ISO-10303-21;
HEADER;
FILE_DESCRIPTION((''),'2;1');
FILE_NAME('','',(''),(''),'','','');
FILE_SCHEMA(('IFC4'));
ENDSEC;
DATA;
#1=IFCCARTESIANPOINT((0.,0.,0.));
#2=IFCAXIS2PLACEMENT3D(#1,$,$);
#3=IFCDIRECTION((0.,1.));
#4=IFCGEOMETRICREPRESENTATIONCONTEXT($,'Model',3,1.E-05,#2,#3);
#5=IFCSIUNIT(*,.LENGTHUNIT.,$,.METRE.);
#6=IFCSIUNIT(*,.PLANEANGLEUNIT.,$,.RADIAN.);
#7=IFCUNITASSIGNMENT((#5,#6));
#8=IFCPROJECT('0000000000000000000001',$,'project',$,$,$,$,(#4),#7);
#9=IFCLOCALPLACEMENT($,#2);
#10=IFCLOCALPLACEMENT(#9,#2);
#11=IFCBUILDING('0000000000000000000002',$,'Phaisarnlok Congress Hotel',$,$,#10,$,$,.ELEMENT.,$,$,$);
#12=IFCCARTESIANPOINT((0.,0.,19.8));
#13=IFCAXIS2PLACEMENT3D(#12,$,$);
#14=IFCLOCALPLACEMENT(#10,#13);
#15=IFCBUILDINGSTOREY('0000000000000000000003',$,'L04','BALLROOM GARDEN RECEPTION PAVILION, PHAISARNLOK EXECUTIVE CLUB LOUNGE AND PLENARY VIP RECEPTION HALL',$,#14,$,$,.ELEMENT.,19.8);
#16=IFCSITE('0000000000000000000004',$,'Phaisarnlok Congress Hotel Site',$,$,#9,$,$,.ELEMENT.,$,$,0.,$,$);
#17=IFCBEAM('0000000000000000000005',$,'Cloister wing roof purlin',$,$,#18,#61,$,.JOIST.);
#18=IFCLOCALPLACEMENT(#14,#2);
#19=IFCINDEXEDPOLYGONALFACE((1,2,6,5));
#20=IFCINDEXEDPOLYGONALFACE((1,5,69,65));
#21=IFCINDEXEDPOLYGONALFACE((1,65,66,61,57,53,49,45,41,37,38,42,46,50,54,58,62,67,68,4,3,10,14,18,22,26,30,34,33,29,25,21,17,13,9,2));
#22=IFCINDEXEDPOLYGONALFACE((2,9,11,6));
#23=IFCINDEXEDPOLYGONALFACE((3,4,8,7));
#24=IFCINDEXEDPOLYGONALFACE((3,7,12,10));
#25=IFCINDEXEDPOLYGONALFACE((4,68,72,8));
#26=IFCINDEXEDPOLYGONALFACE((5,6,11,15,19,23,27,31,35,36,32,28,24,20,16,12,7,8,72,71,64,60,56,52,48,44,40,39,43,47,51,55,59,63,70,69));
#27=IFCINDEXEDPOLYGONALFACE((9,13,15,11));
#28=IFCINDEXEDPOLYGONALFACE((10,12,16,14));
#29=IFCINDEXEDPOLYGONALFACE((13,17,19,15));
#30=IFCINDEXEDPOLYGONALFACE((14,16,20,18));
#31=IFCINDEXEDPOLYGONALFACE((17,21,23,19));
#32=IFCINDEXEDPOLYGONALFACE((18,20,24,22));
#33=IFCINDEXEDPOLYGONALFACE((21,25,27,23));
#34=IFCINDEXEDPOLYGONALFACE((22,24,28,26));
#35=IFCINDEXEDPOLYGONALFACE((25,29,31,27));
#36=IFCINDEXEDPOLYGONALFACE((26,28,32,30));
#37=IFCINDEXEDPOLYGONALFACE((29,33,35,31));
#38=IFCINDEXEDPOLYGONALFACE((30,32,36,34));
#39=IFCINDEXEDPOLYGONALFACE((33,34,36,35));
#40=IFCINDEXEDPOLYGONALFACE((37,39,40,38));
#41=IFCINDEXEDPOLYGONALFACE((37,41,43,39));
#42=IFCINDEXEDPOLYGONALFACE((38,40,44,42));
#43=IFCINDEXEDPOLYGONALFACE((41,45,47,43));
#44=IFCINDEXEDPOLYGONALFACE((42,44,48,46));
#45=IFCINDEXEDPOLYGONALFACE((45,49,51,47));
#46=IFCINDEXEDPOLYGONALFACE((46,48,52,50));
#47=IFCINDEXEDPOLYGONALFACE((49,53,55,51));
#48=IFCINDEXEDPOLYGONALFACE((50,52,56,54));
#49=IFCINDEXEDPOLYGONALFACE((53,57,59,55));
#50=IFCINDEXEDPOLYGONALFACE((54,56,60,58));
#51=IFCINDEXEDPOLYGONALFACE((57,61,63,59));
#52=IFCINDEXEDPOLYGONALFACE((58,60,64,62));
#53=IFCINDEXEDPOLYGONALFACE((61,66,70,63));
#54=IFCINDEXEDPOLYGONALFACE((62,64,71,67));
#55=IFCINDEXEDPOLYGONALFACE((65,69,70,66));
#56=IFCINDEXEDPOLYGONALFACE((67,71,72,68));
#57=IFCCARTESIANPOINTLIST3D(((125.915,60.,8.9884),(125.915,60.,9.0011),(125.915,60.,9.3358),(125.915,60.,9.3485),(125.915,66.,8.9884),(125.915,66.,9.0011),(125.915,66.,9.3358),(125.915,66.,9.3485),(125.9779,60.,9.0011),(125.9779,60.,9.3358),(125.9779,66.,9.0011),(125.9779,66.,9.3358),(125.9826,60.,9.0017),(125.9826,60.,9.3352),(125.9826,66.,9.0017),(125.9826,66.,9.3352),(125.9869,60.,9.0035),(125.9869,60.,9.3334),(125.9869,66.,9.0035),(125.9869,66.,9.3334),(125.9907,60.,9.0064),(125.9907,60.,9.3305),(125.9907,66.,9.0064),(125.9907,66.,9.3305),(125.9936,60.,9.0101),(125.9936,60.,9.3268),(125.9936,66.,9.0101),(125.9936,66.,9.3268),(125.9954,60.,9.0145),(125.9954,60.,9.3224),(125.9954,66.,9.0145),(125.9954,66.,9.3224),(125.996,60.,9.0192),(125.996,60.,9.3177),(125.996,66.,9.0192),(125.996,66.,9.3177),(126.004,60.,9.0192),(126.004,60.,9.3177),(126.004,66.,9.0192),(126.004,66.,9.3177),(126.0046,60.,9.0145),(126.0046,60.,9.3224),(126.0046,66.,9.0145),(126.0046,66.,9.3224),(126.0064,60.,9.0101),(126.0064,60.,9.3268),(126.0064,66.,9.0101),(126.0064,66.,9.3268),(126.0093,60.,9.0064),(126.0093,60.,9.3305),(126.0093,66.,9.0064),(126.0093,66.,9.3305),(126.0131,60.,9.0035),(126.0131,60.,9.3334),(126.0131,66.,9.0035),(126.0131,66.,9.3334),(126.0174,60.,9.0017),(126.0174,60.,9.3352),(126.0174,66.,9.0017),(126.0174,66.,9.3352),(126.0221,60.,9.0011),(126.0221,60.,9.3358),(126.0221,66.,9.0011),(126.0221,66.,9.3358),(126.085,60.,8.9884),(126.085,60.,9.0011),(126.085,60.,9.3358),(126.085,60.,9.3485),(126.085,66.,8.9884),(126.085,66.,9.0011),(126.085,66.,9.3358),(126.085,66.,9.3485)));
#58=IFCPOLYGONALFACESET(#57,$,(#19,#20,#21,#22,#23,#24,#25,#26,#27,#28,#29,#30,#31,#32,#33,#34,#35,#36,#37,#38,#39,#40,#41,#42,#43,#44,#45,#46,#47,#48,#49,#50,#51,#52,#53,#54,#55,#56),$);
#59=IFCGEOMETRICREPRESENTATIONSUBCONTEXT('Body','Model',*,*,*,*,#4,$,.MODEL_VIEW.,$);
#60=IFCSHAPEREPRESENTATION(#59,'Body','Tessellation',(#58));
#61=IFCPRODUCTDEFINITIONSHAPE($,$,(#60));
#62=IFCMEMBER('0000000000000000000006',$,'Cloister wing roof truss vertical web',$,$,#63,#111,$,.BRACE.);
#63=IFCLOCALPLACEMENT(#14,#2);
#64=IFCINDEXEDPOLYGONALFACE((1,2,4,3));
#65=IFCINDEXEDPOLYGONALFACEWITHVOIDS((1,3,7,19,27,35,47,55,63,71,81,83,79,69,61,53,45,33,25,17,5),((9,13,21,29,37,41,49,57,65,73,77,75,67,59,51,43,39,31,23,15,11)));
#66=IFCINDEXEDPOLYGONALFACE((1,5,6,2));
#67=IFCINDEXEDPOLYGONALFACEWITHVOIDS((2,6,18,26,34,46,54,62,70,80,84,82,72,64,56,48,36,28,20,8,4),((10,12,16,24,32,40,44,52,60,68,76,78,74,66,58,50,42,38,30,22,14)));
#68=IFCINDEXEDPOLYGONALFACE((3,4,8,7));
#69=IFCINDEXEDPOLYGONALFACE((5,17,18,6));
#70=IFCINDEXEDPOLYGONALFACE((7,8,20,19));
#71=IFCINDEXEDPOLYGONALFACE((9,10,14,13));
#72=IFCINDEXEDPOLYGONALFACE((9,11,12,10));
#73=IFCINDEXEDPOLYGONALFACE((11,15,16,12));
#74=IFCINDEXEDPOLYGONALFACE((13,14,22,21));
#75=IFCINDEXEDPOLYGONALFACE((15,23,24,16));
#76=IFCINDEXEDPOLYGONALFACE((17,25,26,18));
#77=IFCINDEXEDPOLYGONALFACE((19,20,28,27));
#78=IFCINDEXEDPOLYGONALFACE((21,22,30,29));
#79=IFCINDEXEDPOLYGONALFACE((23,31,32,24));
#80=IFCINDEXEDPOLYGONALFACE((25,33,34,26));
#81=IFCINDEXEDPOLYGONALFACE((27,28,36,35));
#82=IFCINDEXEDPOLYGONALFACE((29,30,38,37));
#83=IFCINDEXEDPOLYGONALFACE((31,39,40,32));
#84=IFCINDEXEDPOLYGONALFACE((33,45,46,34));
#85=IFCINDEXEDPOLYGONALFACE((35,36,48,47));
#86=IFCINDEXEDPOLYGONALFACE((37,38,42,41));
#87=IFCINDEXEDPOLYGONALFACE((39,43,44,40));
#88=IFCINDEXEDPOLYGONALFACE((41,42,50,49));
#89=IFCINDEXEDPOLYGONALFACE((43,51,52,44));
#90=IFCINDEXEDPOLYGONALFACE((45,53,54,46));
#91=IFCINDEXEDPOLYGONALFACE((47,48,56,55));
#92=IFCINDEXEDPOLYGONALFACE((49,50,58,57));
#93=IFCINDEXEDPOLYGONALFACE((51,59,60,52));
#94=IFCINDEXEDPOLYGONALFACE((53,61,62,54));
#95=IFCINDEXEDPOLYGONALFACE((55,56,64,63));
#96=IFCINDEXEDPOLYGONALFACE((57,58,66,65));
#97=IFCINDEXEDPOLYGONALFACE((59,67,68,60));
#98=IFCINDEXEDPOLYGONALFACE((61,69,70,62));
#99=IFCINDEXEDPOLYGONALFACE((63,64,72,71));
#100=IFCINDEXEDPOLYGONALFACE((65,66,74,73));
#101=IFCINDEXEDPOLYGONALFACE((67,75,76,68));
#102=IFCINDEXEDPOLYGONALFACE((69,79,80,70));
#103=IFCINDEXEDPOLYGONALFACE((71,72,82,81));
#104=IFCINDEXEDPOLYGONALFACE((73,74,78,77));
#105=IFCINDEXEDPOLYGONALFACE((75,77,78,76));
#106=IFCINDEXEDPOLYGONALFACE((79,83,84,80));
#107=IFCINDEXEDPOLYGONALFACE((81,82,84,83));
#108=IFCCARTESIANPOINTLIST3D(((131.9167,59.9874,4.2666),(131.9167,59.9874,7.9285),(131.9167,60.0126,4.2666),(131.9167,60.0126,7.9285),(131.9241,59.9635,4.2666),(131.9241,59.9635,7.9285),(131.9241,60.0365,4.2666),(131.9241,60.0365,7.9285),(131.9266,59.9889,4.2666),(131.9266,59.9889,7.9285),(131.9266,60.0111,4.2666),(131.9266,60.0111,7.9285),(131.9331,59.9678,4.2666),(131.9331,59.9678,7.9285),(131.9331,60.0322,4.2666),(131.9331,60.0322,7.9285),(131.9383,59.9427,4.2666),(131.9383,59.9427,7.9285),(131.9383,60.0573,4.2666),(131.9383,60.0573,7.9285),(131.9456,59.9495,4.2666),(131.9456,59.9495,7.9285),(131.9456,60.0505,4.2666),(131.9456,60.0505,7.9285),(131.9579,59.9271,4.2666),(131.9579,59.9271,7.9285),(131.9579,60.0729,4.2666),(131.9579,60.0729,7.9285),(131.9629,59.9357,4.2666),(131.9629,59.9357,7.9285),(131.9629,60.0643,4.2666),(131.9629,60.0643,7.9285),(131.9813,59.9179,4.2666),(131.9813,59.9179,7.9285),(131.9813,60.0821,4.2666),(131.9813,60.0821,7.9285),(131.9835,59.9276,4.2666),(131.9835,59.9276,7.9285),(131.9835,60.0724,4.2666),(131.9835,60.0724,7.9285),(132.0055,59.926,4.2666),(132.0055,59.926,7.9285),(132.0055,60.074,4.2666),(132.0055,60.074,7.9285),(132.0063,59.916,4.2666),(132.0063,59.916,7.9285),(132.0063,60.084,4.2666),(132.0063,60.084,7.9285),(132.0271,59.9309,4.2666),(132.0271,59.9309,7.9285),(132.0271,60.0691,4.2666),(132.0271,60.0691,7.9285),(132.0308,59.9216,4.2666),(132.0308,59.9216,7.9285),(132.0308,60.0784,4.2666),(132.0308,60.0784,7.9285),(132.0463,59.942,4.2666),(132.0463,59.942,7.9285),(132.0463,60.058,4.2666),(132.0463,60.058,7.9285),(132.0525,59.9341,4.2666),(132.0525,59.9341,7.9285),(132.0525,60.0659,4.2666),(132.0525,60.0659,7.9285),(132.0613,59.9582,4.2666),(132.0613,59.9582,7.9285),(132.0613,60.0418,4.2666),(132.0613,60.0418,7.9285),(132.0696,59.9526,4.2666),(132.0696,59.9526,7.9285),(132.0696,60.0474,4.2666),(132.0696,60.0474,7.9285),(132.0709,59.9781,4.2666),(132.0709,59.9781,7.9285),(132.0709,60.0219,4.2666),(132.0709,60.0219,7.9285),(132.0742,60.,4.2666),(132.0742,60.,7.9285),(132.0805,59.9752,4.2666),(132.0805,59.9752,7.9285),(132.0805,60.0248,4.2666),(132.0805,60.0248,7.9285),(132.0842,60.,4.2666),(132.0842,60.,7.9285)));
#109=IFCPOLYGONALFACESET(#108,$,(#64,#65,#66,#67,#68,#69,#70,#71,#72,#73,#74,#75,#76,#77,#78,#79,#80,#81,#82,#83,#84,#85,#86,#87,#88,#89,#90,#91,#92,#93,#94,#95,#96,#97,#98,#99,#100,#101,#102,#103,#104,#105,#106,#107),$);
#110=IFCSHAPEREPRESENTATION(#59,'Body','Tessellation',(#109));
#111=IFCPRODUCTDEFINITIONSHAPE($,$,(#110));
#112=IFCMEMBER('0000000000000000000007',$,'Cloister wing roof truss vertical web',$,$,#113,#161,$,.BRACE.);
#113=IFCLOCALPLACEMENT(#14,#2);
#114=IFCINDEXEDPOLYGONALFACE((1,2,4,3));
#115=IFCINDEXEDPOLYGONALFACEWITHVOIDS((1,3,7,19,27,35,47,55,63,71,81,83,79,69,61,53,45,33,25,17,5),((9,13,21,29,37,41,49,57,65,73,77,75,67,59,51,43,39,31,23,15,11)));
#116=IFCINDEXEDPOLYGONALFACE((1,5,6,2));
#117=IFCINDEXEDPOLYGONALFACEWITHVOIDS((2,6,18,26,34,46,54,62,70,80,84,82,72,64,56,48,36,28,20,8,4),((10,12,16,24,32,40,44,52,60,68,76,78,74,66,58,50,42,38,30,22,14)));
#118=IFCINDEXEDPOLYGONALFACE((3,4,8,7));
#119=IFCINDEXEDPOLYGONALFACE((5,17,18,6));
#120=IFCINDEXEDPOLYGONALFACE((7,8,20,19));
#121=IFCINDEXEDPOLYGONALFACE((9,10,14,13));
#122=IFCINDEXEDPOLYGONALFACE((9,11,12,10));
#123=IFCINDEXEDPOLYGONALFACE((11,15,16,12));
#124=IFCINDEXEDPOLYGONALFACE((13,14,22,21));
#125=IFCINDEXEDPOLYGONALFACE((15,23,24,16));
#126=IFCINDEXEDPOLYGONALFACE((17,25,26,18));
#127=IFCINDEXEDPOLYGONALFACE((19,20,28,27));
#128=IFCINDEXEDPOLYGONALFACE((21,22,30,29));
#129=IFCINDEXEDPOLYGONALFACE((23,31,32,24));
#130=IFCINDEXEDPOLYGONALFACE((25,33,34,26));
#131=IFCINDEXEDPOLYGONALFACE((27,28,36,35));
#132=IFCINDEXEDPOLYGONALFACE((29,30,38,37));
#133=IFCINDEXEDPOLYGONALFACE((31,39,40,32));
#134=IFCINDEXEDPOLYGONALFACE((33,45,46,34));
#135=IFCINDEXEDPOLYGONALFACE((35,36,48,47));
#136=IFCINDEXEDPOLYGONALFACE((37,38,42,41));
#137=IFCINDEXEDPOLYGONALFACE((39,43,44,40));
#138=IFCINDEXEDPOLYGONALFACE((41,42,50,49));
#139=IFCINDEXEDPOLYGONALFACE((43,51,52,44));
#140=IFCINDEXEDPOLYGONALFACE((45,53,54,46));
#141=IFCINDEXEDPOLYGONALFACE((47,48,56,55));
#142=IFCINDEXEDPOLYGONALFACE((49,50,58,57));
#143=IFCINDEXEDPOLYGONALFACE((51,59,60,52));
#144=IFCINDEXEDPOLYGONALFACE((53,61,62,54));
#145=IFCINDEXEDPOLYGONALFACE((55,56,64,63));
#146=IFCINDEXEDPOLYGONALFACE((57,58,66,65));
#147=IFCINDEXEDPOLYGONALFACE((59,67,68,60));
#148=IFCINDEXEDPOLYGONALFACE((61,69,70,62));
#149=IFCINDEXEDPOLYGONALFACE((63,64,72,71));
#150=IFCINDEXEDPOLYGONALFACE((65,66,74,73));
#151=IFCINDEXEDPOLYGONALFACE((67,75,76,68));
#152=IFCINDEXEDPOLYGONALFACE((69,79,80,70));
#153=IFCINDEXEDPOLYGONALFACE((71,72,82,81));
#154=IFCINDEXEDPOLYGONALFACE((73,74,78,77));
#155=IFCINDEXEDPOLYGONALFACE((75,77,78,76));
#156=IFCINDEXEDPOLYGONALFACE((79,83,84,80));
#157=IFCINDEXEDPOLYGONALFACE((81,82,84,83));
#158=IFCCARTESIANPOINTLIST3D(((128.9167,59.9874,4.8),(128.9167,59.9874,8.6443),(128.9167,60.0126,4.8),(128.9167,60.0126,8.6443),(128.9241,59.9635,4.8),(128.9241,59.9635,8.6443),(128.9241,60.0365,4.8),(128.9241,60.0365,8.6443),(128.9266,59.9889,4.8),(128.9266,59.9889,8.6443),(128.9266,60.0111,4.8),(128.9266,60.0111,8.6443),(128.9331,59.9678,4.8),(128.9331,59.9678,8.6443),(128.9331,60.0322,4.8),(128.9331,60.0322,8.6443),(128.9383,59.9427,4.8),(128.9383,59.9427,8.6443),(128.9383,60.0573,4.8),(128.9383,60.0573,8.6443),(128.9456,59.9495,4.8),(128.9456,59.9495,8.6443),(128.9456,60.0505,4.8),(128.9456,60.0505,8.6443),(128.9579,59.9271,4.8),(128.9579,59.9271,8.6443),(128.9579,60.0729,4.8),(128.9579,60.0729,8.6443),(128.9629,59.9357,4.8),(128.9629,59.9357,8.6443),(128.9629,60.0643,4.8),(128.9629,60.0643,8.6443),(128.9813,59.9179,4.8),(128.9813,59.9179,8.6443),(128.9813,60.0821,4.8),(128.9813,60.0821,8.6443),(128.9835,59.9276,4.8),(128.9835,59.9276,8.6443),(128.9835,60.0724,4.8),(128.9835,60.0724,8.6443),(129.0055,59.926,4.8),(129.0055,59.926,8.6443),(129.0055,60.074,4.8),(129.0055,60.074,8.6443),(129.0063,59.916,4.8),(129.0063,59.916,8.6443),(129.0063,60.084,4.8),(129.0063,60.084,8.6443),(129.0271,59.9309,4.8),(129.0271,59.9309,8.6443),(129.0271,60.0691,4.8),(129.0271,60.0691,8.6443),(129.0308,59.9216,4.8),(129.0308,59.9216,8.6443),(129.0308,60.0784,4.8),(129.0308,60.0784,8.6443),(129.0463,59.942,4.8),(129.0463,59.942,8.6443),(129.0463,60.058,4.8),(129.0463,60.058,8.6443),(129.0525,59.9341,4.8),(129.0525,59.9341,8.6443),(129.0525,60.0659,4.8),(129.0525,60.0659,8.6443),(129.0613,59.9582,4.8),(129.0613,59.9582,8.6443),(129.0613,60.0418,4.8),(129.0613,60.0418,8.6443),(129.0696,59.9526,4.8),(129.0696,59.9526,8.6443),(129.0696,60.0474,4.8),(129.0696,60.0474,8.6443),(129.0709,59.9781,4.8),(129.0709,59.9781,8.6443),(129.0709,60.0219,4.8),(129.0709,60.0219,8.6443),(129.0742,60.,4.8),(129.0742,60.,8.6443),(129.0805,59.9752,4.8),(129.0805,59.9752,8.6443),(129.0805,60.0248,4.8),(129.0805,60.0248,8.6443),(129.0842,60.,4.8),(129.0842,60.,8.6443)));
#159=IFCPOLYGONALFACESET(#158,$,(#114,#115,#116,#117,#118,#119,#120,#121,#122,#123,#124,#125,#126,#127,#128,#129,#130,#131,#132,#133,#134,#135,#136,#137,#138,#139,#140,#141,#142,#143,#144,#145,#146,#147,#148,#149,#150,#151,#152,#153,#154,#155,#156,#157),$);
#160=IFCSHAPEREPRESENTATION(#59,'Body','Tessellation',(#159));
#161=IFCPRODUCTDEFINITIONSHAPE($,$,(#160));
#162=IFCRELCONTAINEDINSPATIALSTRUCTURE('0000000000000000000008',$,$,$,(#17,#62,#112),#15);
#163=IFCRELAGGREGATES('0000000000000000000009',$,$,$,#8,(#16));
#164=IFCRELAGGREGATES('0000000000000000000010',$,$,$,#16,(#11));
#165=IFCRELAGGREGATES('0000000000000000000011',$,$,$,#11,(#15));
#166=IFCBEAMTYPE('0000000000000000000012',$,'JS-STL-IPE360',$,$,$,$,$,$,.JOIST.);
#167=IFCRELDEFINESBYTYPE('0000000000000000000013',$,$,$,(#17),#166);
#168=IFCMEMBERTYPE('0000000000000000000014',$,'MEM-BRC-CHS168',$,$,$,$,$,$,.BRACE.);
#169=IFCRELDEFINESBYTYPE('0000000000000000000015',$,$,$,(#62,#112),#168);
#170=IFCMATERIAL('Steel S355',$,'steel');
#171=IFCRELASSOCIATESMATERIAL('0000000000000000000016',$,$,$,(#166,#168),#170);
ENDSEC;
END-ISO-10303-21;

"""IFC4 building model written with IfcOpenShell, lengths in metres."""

from ifc_helpers import new_model, si_unit, direction, frame, origin, origin_2d, place, context, subcontext, project, spatial, hollow_circle, i_section, extrude, material, material_profile, profile_set, type_object, element, save


model = new_model("IFC4")

# Units and contexts
model_context = context("Model", 3, precision=1e-05, world=origin(), true_north=direction((0.0, 1.0)))
body_context = subcontext(model_context, "Body", "Model", "MODEL_VIEW")
ifc_project = project(units=[si_unit("LENGTHUNIT", "METRE"), si_unit("PLANEANGLEUNIT", "RADIAN")], contexts=[model_context])

# Site, building, storey
site_placement = place(None, origin())
site = spatial("IfcSite", under=ifc_project, at=site_placement, Name="Phaisarnlok Congress Hotel Site", CompositionType="ELEMENT", RefElevation=0.0)
building_placement = place(site_placement, origin())
building = spatial("IfcBuilding", under=site, at=building_placement, Name="Phaisarnlok Congress Hotel", CompositionType="ELEMENT")
storey_placement = place(building_placement, frame((0.0, 0.0, 19.8)))
storey = spatial("IfcBuildingStorey", under=building, at=storey_placement, Name="L04", Description="BALLROOM GARDEN RECEPTION PAVILION, PHAISARNLOK EXECUTIVE CLUB LOUNGE AND PLENARY VIP RECEPTION HALL", CompositionType="ELEMENT", Elevation=19.8)

# Beam
ifc_material_1 = material(Name="Steel S355", Category="steel")
ifc_material_profile_1 = material_profile(ifc_material_1, i_section(OverallWidth=0.1699, OverallDepth=0.3601, WebThickness=0.0081, FlangeThickness=0.0127, FilletRadius=0.0181, at=origin_2d()), Name="IPE 360")
ifc_profile_set_1 = profile_set([ifc_material_profile_1], Name="Steel S355")
beam_type = type_object("IfcBeamType", Name="JS-STL-IPE360", PredefinedType="JOIST", material=ifc_profile_set_1)
beam_placement = place(storey_placement, frame((126.0, 60.0, 9.1685), z_axis=(0.0, 1.0, 0.0), x_axis=(-1.0, 0.0, 0.0)))
element("IfcBeam", 1, at=beam_placement, inside=storey, type_object=beam_type, Name="Cloister wing roof purlin", PredefinedType="JOIST", context=body_context, shape_type="SweptSolid", body=[
    extrude(i_section(OverallWidth=0.1699, OverallDepth=0.3601, WebThickness=0.0081, FlangeThickness=0.0127, FilletRadius=0.0181, at=origin_2d()), origin(), (0.0, 0.0, 1.0), 6.0),
])

# Members
ifc_material_profile_2 = material_profile(ifc_material_1, hollow_circle(Radius=0.0842, WallThickness=0.01, at=origin_2d()), Name="CHS 168.3x10")
ifc_profile_set_2 = profile_set([ifc_material_profile_2], Name="Steel S355")
member_type_1 = type_object("IfcMemberType", Name="MEM-BRC-CHS168", PredefinedType="BRACE", material=ifc_profile_set_2)
member_1_placement = place(storey_placement, frame((132.0, 60.0, 4.2666), z_axis=(0.0, 0.0, 1.0), x_axis=(1.0, 0.0, 0.0)))
element("IfcMember", 2, at=member_1_placement, inside=storey, type_object=member_type_1, Name="Cloister wing roof truss vertical web", PredefinedType="BRACE", context=body_context, shape_type="SweptSolid", body=[
    extrude(hollow_circle(Radius=0.0842, WallThickness=0.01, at=origin_2d()), origin(), (0.0, 0.0, 1.0), 3.6619),
])
member_2_placement = place(storey_placement, frame((129.0, 60.0, 4.8), z_axis=(0.0, 0.0, 1.0), x_axis=(1.0, 0.0, 0.0)))
element("IfcMember", 3, at=member_2_placement, inside=storey, type_object=member_type_1, Name="Cloister wing roof truss vertical web", PredefinedType="BRACE", context=body_context, shape_type="SweptSolid", body=[
    extrude(hollow_circle(Radius=0.0842, WallThickness=0.01, at=origin_2d()), origin(), (0.0, 0.0, 1.0), 3.8442),
])

save(model, "model.ifc")
